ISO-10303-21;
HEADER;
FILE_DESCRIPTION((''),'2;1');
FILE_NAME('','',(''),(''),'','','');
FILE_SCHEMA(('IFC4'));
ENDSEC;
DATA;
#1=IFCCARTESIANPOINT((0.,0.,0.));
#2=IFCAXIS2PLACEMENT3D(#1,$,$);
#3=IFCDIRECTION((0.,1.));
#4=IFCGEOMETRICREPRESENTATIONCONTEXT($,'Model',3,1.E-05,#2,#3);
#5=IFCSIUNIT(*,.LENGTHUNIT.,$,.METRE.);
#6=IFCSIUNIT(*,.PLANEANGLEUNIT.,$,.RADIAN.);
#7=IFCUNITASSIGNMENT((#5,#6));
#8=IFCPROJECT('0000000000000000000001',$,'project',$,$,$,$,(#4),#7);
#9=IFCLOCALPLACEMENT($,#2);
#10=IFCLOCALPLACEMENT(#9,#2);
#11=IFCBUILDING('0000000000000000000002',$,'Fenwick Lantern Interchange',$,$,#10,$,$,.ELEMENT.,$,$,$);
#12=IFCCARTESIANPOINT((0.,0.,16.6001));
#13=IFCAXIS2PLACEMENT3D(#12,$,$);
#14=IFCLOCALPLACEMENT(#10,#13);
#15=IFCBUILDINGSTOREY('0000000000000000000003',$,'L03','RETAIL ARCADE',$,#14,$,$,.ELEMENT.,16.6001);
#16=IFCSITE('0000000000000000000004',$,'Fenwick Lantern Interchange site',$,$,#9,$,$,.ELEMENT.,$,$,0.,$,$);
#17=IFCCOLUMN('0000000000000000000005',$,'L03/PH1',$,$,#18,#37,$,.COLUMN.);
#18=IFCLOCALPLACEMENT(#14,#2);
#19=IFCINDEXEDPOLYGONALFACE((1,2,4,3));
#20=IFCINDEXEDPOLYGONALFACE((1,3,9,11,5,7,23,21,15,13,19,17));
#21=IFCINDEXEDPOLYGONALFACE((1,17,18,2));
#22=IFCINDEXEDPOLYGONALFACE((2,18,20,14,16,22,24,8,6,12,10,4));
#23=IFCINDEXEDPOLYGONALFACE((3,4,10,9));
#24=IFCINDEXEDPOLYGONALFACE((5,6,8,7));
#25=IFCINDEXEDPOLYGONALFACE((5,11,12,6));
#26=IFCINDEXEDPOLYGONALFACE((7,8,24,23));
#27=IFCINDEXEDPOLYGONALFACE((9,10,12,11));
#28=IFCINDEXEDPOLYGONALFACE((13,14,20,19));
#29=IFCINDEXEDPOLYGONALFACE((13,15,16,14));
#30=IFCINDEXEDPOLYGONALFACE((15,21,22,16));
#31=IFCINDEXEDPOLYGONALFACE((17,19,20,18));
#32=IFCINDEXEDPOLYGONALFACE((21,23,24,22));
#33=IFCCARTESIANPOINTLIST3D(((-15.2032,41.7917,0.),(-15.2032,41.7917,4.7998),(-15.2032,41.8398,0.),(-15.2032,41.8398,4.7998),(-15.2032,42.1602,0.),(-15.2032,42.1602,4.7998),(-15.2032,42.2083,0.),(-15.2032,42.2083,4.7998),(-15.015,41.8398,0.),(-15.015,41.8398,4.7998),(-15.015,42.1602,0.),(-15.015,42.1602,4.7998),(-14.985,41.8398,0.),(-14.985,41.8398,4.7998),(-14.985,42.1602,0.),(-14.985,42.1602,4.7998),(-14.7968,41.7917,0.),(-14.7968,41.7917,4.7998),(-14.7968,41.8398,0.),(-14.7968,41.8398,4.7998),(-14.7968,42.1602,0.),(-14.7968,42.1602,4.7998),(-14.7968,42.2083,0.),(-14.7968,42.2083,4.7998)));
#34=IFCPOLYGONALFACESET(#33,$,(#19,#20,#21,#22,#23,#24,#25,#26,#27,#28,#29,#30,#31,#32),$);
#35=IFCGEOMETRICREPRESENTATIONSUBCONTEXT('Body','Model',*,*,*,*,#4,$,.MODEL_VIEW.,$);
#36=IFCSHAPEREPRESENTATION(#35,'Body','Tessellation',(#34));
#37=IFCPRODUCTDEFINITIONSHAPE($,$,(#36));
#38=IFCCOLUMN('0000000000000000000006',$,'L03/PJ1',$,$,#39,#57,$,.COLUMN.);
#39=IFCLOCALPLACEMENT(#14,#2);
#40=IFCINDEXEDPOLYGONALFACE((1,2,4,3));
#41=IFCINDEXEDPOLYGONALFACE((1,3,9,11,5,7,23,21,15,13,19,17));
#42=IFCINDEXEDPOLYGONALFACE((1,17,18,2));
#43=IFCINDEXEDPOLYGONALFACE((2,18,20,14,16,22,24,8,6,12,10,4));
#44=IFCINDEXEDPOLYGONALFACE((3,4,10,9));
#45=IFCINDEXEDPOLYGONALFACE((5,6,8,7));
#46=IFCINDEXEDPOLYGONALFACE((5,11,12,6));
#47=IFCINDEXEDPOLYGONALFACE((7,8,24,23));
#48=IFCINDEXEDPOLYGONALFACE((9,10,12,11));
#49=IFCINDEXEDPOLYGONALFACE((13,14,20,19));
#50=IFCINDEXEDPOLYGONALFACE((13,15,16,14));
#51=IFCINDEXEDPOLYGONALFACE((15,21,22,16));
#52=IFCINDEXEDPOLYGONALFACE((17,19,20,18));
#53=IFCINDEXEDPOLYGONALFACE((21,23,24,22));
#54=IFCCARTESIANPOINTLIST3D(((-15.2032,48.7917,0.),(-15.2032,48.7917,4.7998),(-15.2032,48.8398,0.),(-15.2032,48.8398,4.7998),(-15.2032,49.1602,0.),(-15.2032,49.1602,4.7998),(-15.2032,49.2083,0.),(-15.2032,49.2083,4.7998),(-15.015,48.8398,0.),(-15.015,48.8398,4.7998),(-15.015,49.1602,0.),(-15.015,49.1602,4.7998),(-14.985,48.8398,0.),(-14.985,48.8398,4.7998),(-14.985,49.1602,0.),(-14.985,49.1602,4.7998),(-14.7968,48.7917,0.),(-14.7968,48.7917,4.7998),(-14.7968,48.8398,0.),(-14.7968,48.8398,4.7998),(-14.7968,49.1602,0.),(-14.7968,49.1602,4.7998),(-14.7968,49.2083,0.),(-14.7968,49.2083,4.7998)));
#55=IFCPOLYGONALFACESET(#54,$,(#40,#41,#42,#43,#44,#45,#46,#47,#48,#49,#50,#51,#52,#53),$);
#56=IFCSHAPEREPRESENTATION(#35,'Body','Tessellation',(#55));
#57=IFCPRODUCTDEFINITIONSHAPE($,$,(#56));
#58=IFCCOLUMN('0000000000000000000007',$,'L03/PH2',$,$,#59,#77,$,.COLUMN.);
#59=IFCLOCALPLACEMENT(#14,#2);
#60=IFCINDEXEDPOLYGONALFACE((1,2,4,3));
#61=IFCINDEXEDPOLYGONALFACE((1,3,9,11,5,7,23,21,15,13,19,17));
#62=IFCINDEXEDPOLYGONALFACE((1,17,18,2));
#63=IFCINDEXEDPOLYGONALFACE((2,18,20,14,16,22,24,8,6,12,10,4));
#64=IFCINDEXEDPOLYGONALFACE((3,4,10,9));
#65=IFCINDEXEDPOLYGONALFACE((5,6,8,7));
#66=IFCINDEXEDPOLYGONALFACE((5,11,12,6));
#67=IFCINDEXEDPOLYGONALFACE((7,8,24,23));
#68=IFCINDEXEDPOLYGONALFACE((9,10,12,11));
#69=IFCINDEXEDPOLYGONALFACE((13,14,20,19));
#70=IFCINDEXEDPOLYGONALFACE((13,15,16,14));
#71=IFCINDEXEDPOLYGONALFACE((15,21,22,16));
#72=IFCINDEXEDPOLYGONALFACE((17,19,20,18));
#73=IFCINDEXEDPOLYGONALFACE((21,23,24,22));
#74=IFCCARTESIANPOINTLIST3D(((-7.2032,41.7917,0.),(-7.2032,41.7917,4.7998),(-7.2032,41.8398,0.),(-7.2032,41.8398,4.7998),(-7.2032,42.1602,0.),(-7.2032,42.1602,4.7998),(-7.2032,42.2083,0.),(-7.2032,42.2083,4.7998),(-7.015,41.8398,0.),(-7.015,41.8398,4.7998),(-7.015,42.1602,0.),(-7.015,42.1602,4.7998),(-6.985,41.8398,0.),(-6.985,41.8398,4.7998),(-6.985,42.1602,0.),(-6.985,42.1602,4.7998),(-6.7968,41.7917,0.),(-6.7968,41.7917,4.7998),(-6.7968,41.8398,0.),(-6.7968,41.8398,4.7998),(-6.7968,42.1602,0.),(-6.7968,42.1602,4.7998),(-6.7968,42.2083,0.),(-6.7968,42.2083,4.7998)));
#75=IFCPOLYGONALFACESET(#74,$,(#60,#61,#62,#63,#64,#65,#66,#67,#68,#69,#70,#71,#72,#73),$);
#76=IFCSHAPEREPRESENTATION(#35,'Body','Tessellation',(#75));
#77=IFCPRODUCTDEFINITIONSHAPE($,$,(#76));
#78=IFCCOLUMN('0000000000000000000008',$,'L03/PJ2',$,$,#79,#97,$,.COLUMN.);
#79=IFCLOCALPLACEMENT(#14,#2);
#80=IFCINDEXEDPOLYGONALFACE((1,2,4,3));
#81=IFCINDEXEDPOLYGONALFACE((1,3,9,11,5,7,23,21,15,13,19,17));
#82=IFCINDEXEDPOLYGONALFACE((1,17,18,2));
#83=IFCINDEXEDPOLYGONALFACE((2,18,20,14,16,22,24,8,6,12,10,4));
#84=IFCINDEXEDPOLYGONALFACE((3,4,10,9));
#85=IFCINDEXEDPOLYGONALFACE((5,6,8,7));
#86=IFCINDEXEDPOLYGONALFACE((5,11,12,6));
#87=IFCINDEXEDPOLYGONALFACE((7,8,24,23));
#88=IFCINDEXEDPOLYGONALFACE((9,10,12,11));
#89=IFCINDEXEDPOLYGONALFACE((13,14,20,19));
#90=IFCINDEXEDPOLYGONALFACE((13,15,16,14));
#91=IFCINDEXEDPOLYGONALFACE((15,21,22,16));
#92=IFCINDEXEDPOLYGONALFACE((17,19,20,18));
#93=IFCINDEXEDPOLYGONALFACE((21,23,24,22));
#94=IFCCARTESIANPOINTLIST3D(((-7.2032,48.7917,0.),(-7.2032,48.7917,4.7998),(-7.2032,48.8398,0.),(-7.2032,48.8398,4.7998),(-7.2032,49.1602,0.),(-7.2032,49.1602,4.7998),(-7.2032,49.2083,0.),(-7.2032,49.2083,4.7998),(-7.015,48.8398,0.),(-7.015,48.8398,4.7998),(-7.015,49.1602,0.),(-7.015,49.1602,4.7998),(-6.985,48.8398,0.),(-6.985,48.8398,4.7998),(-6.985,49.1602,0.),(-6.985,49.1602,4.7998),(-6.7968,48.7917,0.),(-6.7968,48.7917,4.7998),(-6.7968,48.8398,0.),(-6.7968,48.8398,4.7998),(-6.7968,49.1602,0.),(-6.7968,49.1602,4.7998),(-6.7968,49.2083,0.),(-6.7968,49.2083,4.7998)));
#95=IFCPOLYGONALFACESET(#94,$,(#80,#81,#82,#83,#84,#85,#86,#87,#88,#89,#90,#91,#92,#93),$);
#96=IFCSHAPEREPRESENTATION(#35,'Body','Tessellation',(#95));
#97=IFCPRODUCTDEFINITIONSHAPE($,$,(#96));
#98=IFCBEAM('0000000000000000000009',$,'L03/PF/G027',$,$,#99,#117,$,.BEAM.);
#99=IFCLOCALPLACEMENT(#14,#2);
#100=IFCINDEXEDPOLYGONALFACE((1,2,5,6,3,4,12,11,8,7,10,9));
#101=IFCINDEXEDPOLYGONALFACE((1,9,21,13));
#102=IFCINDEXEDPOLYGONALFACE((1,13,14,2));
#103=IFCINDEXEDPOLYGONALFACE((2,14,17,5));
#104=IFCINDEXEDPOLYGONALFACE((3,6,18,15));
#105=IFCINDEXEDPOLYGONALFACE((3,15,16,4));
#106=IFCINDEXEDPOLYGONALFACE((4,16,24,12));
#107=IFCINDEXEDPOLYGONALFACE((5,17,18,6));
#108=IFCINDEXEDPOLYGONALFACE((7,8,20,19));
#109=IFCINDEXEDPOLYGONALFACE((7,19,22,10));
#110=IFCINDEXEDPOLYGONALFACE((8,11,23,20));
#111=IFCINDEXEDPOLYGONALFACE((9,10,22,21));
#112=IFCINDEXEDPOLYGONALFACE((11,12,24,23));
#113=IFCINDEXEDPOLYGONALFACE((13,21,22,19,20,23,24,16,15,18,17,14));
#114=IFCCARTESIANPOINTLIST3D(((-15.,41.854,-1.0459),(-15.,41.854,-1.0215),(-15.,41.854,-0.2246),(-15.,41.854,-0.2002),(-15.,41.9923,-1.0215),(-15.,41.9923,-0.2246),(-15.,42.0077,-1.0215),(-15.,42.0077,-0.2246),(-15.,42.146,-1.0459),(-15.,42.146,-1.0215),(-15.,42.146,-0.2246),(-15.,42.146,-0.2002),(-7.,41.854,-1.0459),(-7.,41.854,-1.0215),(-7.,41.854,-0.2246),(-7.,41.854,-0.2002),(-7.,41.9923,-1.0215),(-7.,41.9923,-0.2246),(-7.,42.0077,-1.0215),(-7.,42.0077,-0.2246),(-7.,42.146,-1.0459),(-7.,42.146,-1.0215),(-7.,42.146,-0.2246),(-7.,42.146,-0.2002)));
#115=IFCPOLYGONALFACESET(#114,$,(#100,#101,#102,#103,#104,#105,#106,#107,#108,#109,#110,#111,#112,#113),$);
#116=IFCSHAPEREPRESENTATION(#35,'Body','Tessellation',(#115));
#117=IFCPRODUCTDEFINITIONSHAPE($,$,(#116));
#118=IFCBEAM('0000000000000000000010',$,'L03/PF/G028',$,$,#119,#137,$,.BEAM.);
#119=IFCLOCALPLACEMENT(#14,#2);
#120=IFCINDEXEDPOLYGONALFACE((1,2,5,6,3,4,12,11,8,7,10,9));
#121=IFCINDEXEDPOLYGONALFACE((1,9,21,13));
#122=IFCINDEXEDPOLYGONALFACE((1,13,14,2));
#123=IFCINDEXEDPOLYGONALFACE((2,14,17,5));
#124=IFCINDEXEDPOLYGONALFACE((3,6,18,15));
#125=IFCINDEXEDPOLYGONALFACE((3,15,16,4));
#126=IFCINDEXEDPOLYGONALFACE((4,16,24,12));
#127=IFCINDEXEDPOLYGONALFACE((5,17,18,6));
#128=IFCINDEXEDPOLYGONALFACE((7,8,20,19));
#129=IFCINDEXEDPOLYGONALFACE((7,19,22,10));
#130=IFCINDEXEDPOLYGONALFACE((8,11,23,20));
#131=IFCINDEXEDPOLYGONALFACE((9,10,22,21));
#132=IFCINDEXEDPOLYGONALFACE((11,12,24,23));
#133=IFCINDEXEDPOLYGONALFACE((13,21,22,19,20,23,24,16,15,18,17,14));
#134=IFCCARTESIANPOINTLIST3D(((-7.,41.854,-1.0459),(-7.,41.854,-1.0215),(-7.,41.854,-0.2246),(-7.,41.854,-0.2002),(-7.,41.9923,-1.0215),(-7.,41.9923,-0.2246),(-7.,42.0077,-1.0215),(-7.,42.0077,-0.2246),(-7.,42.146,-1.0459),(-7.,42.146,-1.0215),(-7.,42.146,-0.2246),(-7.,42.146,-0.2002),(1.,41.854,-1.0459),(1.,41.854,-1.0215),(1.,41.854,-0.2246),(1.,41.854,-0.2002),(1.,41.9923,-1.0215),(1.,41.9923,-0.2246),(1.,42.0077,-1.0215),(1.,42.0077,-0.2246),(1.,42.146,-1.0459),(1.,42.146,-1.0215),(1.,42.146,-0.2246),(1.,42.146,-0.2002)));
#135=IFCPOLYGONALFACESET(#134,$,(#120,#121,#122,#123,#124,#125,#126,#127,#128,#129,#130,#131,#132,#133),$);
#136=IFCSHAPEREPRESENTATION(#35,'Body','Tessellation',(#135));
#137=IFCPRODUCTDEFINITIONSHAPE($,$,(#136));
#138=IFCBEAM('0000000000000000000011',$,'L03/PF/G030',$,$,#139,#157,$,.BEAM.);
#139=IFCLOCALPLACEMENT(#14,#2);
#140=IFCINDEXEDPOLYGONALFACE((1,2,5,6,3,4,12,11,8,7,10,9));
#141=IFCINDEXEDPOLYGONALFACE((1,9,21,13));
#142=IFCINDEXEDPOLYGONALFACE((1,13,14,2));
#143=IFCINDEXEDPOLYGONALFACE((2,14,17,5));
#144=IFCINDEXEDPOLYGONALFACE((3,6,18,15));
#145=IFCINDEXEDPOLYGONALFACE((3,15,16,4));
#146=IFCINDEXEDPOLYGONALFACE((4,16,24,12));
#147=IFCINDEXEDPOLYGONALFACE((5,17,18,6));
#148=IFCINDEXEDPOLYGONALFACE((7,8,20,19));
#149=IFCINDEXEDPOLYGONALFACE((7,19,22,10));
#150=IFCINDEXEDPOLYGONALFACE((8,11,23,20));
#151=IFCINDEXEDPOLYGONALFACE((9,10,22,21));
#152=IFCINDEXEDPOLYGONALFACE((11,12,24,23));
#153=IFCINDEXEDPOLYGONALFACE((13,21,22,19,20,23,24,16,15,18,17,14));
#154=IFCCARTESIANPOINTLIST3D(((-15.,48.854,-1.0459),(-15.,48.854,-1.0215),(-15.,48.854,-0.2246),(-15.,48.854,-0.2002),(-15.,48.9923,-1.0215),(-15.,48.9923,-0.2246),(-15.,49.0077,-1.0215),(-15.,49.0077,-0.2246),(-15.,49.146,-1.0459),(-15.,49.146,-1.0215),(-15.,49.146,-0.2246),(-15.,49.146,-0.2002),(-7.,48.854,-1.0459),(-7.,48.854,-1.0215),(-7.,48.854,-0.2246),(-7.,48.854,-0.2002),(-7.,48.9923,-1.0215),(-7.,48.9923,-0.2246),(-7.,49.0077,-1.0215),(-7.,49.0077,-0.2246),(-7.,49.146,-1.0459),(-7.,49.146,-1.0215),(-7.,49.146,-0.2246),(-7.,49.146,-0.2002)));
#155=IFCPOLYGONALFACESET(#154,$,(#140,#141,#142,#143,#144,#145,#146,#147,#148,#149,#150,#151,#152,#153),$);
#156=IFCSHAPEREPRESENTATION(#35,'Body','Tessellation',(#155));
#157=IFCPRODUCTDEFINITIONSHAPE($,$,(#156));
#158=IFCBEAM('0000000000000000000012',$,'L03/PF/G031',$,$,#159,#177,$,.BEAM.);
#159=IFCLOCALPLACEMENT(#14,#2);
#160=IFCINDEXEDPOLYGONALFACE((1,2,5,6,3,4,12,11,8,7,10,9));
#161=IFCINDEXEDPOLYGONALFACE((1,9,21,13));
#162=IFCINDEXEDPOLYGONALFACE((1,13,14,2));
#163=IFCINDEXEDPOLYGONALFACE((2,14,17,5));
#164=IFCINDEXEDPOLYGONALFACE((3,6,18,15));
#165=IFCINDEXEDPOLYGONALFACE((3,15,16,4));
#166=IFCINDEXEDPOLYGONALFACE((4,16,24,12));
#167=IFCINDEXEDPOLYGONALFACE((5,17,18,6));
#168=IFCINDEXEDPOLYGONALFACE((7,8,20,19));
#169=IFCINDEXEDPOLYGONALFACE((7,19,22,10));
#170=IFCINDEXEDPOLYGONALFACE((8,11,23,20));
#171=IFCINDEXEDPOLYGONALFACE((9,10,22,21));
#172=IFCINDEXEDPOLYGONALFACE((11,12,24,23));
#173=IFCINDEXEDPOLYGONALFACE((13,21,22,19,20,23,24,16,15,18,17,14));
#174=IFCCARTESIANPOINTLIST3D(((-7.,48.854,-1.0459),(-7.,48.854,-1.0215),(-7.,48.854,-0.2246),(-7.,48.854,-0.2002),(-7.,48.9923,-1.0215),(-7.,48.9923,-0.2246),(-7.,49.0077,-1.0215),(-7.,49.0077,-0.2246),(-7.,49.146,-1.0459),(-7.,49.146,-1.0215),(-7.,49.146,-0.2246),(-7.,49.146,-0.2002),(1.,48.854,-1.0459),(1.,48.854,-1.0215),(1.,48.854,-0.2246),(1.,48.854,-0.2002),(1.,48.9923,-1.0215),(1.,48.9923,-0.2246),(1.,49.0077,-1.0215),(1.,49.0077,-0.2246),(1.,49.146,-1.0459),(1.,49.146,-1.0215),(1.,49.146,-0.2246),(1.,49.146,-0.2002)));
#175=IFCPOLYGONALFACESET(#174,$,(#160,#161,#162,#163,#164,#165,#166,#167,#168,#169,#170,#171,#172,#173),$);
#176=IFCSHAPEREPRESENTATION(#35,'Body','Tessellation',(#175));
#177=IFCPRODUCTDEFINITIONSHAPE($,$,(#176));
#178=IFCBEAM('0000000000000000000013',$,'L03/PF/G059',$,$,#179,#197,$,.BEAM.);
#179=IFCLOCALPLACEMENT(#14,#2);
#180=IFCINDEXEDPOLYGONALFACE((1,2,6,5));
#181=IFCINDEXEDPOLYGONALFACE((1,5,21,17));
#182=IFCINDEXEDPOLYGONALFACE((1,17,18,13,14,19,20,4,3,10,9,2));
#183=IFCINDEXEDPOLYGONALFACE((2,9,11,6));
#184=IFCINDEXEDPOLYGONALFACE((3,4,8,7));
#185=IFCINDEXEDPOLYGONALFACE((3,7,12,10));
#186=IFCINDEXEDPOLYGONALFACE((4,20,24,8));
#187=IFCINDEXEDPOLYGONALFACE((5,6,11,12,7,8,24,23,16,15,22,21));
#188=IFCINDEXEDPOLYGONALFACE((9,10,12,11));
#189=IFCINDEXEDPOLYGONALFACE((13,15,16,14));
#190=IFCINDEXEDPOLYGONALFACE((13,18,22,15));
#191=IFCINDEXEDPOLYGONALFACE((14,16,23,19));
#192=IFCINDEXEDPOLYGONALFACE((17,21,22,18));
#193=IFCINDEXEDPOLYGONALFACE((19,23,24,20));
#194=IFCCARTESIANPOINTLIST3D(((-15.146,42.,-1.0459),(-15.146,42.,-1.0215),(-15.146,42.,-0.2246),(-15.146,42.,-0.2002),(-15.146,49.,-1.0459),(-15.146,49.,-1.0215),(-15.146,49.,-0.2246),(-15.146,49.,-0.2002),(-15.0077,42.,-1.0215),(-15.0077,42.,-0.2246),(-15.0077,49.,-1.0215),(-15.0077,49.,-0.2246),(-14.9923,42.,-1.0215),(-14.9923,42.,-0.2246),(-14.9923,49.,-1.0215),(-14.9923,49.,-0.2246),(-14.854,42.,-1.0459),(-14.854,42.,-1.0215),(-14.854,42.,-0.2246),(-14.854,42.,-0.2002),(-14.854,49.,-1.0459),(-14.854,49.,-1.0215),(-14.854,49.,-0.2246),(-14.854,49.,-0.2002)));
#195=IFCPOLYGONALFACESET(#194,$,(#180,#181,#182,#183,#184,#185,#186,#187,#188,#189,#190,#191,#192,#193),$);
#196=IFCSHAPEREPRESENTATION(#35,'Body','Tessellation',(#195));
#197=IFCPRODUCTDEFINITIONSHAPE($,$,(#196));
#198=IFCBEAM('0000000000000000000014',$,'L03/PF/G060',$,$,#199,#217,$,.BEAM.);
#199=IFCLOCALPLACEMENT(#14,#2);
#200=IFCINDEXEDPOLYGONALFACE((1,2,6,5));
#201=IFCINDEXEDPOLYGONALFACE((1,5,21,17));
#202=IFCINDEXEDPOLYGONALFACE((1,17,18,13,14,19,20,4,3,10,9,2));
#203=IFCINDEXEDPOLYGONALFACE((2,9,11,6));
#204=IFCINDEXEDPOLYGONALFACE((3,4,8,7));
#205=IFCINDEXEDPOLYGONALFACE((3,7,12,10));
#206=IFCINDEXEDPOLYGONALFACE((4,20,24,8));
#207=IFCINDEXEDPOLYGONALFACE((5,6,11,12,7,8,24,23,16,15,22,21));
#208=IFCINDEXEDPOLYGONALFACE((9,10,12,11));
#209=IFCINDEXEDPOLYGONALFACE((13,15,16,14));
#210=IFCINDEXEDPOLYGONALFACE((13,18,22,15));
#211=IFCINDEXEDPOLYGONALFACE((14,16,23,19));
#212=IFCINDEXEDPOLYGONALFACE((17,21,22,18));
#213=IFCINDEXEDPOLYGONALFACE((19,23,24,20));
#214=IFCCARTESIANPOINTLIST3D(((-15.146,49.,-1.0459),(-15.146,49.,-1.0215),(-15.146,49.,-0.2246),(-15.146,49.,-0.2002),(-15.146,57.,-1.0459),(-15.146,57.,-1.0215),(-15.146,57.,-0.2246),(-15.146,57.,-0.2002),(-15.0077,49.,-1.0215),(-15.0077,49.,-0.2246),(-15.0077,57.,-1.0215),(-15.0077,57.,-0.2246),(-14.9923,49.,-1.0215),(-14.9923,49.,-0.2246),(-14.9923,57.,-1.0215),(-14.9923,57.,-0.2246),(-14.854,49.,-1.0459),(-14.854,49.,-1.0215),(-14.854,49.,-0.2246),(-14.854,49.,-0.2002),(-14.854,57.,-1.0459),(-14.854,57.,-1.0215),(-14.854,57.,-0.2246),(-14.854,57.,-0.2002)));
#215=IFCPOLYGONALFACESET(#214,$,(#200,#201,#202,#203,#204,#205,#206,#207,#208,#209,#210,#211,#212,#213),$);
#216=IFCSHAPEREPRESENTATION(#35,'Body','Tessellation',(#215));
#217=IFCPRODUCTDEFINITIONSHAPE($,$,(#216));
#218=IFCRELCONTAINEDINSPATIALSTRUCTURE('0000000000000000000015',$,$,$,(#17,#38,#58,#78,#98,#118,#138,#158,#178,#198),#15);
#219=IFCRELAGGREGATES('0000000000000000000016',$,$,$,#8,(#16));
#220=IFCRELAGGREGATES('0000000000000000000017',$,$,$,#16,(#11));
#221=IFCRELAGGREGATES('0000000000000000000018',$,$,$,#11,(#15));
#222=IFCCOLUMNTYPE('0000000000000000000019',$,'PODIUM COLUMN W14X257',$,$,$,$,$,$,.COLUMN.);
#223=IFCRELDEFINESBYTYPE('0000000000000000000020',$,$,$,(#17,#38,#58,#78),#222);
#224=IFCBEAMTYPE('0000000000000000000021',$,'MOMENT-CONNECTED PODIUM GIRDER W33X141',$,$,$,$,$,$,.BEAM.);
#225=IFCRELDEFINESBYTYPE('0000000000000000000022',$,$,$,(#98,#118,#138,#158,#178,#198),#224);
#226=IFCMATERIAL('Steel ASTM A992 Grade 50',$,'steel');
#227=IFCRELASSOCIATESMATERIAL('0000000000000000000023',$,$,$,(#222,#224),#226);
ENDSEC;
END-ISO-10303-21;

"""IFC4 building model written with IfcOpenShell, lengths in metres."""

from ifc_helpers import new_model, si_unit, direction, frame, origin, origin_2d, place, context, subcontext, project, spatial, i_section, extrude, material, material_profile, profile_set, type_object, element, save


model = new_model("IFC4")

# Units and contexts
model_context = context("Model", 3, precision=1e-05, world=origin(), true_north=direction((0.0, 1.0)))
body_context = subcontext(model_context, "Body", "Model", "MODEL_VIEW")
ifc_project = project(units=[si_unit("LENGTHUNIT", "METRE"), si_unit("PLANEANGLEUNIT", "RADIAN")], contexts=[model_context])

# Site, building, storey
site_placement = place(None, origin())
site = spatial("IfcSite", under=ifc_project, at=site_placement, Name="Fenwick Lantern Interchange site", CompositionType="ELEMENT", RefElevation=0.0)
building_placement = place(site_placement, origin())
building = spatial("IfcBuilding", under=site, at=building_placement, Name="Fenwick Lantern Interchange", CompositionType="ELEMENT")
storey_placement = place(building_placement, frame((0.0, 0.0, 16.6001)))
storey = spatial("IfcBuildingStorey", under=building, at=storey_placement, Name="L03", Description="RETAIL ARCADE", CompositionType="ELEMENT", Elevation=16.6001)

# Columns
ifc_material = material(Name="Steel ASTM A992 Grade 50", Category="steel")
ifc_material_profile_1 = material_profile(ifc_material, i_section(OverallWidth=0.4065, OverallDepth=0.4165, WebThickness=0.03, FlangeThickness=0.0481, at=origin_2d()), Name="W14X257")
ifc_profile_set_1 = profile_set([ifc_material_profile_1], Name="Steel ASTM A992 Grade 50")
column_type = type_object("IfcColumnType", Name="PODIUM COLUMN W14X257", PredefinedType="COLUMN", material=ifc_profile_set_1)
for number, where, z_axis, x_axis, name in (
    (1, (-15.0, 42.0, 0.0), (0.0, 0.0, 1.0), (1.0, 0.0, 0.0), "L03/PH1"),
    (2, (-15.0, 49.0, 0.0), (0.0, 0.0, 1.0), (1.0, 0.0, 0.0), "L03/PJ1"),
    (3, (-7.0, 42.0, 0.0), (0.0, 0.0, 1.0), (1.0, 0.0, 0.0), "L03/PH2"),
    (4, (-7.0, 49.0, 0.0), (0.0, 0.0, 1.0), (1.0, 0.0, 0.0), "L03/PJ2"),
):
    element("IfcColumn", number, at=place(storey_placement, frame(where, z_axis=z_axis, x_axis=x_axis)), inside=storey, type_object=column_type, Name=name, PredefinedType="COLUMN", context=body_context, shape_type="SweptSolid", body=[
        extrude(i_section(OverallWidth=0.4065, OverallDepth=0.4165, WebThickness=0.03, FlangeThickness=0.0481, at=origin_2d()), origin(), (0.0, 0.0, 1.0), 4.7998),
    ])

# Beams
ifc_material_profile_2 = material_profile(ifc_material, i_section(OverallWidth=0.292, OverallDepth=0.8457, WebThickness=0.0154, FlangeThickness=0.0244, at=origin_2d()), Name="W33X141")
ifc_profile_set_2 = profile_set([ifc_material_profile_2], Name="Steel ASTM A992 Grade 50")
beam_type_1 = type_object("IfcBeamType", Name="MOMENT-CONNECTED PODIUM GIRDER W33X141", PredefinedType="BEAM", material=ifc_profile_set_2)
for number, where, z_axis, x_axis, name in (
    (5, (-15.0, 42.0, -0.623), (1.0, 0.0, 0.0), (0.0, 1.0, 0.0), "L03/PF/G027"),
    (6, (-7.0, 42.0, -0.623), (1.0, 0.0, 0.0), (0.0, 1.0, 0.0), "L03/PF/G028"),
    (7, (-15.0, 49.0, -0.623), (1.0, 0.0, 0.0), (0.0, 1.0, 0.0), "L03/PF/G030"),
    (8, (-7.0, 49.0, -0.623), (1.0, 0.0, 0.0), (0.0, 1.0, 0.0), "L03/PF/G031"),
):
    element("IfcBeam", number, at=place(storey_placement, frame(where, z_axis=z_axis, x_axis=x_axis)), inside=storey, type_object=beam_type_1, Name=name, PredefinedType="BEAM", context=body_context, shape_type="SweptSolid", body=[
        extrude(i_section(OverallWidth=0.292, OverallDepth=0.8457, WebThickness=0.0154, FlangeThickness=0.0244, at=origin_2d()), origin(), (0.0, 0.0, 1.0), 8.0),
    ])
beam_1_placement = place(storey_placement, frame((-15.0, 42.0, -0.623), z_axis=(0.0, 1.0, 0.0), x_axis=(-1.0, 0.0, 0.0)))
element("IfcBeam", 9, at=beam_1_placement, inside=storey, type_object=beam_type_1, Name="L03/PF/G059", PredefinedType="BEAM", context=body_context, shape_type="SweptSolid", body=[
    extrude(i_section(OverallWidth=0.292, OverallDepth=0.8457, WebThickness=0.0154, FlangeThickness=0.0244, at=origin_2d()), origin(), (0.0, 0.0, 1.0), 7.0),
])
beam_2_placement = place(storey_placement, frame((-15.0, 49.0, -0.623), z_axis=(0.0, 1.0, 0.0), x_axis=(-1.0, 0.0, 0.0)))
element("IfcBeam", 10, at=beam_2_placement, inside=storey, type_object=beam_type_1, Name="L03/PF/G060", PredefinedType="BEAM", context=body_context, shape_type="SweptSolid", body=[
    extrude(i_section(OverallWidth=0.292, OverallDepth=0.8457, WebThickness=0.0154, FlangeThickness=0.0244, at=origin_2d()), origin(), (0.0, 0.0, 1.0), 8.0),
])

save(model, "model.ifc")
